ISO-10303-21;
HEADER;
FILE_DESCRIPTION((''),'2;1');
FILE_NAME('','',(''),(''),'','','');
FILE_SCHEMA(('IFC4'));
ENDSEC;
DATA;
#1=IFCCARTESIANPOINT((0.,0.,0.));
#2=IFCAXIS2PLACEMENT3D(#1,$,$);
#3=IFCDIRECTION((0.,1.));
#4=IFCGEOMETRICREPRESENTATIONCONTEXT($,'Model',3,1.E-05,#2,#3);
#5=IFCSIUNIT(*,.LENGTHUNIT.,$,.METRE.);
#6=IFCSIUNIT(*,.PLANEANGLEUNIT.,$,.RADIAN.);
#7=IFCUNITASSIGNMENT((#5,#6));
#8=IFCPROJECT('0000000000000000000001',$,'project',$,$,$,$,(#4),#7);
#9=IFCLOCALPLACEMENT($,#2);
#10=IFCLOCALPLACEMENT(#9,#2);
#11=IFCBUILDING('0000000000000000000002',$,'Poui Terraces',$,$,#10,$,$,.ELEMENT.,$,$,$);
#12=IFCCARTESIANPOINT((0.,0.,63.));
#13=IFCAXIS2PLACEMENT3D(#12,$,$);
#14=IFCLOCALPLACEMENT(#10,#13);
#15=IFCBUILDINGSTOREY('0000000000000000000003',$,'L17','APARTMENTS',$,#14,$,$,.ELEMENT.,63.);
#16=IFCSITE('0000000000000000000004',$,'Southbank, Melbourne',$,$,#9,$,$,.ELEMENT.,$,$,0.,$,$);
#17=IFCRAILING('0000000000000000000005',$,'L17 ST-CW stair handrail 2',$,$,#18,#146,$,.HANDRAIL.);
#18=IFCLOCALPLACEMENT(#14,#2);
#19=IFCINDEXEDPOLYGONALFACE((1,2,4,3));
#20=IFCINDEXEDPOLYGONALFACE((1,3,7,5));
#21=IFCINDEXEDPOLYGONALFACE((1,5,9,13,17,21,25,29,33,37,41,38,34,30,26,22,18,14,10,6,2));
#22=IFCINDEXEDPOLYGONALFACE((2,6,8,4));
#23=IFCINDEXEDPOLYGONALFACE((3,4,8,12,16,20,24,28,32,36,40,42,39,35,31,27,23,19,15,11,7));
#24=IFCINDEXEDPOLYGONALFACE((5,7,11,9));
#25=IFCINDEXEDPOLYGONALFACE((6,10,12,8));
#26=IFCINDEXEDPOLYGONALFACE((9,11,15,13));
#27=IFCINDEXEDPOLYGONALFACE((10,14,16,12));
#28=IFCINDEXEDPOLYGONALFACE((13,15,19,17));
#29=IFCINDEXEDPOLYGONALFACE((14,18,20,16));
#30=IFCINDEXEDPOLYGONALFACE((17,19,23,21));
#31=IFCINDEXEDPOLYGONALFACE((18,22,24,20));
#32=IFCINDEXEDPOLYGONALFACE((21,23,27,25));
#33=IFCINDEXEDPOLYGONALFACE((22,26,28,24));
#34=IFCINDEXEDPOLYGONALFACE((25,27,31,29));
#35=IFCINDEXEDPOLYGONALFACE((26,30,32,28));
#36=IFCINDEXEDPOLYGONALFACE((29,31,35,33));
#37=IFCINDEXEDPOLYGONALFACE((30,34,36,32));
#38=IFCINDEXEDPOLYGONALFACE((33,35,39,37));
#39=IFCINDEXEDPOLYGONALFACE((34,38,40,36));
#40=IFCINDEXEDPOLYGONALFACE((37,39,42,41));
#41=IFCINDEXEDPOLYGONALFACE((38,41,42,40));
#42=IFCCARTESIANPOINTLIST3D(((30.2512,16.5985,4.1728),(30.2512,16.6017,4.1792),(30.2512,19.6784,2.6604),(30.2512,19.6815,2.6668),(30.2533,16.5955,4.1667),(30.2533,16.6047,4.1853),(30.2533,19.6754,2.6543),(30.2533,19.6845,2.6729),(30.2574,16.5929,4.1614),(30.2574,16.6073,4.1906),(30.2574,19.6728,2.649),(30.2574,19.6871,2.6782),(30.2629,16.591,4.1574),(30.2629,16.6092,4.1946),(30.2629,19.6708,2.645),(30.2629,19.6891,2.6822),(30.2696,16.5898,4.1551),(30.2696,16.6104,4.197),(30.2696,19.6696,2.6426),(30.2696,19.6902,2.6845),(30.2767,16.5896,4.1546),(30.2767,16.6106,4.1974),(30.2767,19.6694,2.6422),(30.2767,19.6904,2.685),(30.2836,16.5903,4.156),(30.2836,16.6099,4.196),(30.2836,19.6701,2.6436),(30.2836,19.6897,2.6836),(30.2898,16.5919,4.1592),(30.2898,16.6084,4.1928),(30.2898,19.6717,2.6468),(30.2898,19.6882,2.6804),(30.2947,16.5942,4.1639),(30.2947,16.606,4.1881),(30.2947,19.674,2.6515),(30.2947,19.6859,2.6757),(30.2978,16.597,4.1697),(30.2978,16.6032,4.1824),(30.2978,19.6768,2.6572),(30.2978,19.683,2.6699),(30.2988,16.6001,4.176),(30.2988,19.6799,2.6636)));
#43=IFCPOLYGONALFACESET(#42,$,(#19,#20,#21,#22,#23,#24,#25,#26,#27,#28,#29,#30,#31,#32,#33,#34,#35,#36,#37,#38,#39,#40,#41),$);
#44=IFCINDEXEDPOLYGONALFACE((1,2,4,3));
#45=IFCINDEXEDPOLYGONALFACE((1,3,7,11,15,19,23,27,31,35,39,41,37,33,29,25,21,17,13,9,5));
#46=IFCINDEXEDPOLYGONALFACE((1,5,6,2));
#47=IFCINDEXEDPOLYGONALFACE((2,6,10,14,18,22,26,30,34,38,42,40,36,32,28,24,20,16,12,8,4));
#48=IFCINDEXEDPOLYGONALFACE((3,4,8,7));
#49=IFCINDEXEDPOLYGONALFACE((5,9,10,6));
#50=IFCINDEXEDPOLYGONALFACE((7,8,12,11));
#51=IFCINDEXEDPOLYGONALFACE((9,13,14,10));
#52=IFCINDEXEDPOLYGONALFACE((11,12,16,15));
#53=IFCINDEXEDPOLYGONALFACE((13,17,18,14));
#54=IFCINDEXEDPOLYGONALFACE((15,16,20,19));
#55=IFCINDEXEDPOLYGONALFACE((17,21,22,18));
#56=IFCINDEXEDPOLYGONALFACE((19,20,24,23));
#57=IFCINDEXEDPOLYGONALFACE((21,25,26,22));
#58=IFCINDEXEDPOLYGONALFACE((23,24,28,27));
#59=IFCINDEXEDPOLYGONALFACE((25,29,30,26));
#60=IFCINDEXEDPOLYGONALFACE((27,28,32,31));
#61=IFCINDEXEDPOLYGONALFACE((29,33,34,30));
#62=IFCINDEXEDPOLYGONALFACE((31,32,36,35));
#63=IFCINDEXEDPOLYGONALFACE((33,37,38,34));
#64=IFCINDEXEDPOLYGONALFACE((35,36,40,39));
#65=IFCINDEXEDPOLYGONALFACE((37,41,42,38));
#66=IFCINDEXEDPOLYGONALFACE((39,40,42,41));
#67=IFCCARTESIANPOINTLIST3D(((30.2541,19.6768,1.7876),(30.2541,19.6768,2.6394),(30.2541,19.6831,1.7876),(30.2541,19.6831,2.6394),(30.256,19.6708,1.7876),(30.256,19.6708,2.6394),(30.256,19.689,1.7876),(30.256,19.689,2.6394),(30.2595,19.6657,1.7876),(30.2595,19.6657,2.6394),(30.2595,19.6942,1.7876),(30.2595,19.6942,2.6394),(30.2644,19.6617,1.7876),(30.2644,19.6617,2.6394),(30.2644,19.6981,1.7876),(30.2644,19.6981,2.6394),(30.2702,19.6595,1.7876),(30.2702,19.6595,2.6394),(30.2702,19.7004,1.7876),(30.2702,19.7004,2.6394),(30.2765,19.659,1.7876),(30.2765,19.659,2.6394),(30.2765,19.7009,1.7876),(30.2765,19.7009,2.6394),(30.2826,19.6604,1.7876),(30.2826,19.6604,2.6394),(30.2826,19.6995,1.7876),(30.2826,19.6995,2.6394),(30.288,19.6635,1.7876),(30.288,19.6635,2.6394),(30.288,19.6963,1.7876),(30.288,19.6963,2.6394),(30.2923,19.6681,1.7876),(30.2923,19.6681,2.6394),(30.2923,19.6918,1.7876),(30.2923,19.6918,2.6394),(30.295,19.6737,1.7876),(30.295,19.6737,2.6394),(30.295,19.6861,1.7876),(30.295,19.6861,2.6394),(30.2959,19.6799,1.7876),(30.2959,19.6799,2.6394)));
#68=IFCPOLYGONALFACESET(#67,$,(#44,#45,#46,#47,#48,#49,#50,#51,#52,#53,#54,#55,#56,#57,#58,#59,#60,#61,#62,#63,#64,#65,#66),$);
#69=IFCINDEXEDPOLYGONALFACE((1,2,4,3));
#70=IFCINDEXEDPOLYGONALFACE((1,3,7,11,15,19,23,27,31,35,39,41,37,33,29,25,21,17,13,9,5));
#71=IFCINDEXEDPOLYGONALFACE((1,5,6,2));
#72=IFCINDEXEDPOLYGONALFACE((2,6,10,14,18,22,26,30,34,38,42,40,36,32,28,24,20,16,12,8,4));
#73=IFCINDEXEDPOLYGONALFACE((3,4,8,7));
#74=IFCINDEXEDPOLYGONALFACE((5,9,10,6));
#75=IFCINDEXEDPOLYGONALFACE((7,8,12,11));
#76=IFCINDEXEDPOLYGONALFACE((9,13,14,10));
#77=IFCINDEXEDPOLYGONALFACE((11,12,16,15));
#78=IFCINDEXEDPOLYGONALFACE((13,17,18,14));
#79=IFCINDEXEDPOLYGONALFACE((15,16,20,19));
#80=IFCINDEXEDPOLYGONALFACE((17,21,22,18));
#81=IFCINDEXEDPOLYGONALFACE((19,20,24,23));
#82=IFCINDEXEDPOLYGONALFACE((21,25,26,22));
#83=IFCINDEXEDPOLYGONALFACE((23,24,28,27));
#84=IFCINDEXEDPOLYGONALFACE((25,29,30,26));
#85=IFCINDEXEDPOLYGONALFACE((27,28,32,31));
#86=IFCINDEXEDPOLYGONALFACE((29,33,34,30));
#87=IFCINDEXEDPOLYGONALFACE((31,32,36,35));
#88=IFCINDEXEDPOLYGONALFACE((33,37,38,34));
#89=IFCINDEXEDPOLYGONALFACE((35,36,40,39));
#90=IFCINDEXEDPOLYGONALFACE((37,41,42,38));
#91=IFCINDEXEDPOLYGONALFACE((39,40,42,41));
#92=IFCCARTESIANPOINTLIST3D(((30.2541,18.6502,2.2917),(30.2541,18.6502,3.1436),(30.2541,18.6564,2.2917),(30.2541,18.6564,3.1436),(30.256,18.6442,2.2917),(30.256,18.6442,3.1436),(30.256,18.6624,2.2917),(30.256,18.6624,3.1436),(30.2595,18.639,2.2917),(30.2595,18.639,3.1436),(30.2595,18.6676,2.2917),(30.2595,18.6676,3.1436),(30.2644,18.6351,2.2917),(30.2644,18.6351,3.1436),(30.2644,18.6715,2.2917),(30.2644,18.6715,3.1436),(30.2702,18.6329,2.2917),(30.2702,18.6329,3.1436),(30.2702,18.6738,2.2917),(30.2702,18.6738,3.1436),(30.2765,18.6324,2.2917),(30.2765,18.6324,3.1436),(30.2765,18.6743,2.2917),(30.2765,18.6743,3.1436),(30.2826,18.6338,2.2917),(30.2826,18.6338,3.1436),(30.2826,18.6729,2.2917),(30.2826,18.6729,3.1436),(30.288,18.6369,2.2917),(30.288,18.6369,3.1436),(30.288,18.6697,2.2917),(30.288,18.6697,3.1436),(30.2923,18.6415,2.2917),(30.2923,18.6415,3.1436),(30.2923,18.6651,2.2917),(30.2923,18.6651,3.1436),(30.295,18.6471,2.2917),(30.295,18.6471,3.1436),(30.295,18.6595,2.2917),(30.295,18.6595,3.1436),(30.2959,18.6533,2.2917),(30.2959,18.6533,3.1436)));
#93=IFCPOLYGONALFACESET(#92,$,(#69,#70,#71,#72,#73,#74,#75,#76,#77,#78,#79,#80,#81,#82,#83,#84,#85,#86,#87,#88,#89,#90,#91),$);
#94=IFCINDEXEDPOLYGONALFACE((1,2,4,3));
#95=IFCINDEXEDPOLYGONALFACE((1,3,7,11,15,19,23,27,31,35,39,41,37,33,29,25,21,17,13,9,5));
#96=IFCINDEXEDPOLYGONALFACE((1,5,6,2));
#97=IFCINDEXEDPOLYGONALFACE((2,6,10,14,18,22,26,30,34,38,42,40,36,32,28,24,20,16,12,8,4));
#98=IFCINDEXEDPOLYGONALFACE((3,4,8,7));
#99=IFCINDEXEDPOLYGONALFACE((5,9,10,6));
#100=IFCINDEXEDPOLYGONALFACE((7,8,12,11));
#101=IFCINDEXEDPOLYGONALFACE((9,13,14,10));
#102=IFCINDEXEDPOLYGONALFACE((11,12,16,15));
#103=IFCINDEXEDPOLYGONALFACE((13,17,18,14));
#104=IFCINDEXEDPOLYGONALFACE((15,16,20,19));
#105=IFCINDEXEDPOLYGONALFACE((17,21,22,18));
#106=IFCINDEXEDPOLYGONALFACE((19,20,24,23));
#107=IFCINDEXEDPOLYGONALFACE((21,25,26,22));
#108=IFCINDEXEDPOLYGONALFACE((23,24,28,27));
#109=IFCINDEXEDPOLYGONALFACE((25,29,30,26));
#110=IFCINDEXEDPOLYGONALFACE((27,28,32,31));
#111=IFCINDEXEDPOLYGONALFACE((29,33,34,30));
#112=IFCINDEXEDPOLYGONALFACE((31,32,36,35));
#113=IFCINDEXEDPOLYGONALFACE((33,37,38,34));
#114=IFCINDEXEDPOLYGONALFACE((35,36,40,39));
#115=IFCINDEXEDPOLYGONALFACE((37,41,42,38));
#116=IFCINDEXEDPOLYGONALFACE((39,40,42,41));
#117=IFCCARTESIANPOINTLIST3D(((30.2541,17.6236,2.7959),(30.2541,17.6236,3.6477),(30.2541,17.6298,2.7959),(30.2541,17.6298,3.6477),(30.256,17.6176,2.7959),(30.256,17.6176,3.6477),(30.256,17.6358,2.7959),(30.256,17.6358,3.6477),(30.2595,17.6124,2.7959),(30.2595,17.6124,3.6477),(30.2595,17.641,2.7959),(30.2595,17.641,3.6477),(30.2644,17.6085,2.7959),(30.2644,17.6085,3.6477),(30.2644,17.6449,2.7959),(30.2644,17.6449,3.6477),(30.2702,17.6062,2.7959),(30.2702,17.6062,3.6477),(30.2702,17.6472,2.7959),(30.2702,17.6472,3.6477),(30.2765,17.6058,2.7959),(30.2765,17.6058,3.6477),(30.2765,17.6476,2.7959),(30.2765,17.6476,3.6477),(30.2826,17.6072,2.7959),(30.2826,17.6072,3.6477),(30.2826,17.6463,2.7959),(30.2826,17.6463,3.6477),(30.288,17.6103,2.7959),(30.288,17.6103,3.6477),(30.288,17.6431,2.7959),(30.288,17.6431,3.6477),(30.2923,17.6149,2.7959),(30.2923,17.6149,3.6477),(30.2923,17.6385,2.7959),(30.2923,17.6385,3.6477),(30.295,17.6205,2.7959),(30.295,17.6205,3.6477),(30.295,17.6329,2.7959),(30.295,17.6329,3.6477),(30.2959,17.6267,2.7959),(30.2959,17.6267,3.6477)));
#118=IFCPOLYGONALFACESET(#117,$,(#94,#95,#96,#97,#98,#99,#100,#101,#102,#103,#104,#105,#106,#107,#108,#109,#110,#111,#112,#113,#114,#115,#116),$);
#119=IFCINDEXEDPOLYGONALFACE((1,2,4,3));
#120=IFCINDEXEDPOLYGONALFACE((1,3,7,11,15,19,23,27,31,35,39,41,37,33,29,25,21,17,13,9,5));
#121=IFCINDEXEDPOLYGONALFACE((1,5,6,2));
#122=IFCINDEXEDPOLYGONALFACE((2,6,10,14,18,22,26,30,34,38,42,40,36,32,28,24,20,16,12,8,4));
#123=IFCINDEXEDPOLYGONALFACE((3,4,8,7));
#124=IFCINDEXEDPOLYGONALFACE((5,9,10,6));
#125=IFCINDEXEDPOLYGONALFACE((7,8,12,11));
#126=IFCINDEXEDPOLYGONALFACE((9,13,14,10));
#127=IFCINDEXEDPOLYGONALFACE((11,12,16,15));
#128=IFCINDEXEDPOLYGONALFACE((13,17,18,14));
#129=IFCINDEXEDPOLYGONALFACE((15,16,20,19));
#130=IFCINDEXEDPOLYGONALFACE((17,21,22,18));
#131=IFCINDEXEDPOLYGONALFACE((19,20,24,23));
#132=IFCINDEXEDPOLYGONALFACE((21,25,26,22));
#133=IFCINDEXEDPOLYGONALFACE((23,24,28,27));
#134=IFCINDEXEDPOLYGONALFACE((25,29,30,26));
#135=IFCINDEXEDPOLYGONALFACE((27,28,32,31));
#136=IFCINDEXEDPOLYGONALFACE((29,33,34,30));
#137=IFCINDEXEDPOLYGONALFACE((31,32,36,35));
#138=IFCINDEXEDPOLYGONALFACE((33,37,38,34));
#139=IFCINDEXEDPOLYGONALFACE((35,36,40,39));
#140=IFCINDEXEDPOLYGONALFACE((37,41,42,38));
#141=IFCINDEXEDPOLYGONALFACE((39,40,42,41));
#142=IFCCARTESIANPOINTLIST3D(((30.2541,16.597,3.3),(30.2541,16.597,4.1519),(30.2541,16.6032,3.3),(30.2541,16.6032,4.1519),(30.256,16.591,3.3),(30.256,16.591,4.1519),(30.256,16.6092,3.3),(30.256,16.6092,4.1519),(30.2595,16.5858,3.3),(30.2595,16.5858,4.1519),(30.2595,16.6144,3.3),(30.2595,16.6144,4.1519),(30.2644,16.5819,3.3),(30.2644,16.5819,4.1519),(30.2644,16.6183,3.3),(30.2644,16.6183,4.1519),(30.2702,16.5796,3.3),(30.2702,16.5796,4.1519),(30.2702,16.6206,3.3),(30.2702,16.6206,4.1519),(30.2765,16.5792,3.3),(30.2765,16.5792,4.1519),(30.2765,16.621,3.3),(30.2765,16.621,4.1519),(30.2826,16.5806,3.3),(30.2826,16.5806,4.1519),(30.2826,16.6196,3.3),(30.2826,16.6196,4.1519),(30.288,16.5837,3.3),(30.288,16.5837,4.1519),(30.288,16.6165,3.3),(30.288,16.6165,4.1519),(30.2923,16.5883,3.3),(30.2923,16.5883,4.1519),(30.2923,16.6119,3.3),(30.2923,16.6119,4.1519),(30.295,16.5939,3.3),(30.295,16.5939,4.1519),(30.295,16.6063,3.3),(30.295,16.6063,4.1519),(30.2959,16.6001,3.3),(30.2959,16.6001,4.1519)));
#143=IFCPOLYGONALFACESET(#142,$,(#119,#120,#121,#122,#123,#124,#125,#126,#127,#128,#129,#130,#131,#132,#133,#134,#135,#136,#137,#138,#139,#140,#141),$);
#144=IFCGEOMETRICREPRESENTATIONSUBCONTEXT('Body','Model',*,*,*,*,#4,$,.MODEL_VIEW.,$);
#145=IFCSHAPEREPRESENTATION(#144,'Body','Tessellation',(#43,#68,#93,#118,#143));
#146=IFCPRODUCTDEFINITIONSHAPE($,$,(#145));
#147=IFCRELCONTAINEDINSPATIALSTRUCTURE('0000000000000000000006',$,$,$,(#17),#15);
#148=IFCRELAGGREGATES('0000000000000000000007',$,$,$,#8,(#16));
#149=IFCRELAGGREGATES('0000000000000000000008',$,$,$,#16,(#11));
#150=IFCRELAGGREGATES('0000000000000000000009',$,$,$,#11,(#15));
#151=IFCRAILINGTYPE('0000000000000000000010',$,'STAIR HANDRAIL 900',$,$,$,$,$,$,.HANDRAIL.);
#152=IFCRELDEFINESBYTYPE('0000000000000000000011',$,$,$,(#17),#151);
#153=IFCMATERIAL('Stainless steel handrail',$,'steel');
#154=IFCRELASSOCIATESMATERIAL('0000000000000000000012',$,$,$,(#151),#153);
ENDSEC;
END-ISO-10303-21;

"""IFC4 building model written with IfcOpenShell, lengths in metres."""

from ifc_helpers import new_model, si_unit, direction, frame, origin, origin_2d, place, context, subcontext, project, spatial, circle, extrude, material, type_object, element, save


model = new_model("IFC4")

# Units and contexts
model_context = context("Model", 3, precision=1e-05, world=origin(), true_north=direction((0.0, 1.0)))
body_context = subcontext(model_context, "Body", "Model", "MODEL_VIEW")
ifc_project = project(units=[si_unit("LENGTHUNIT", "METRE"), si_unit("PLANEANGLEUNIT", "RADIAN")], contexts=[model_context])

# Site, building, storey
site_placement = place(None, origin())
site = spatial("IfcSite", under=ifc_project, at=site_placement, Name="Southbank, Melbourne", CompositionType="ELEMENT", RefElevation=0.0)
building_placement = place(site_placement, origin())
building = spatial("IfcBuilding", under=site, at=building_placement, Name="Poui Terraces", CompositionType="ELEMENT")
storey_placement = place(building_placement, frame((0.0, 0.0, 63.0)))
storey = spatial("IfcBuildingStorey", under=building, at=storey_placement, Name="L17", Description="APARTMENTS", CompositionType="ELEMENT", Elevation=63.0)

# Railing
ifc_material_1 = material(Name="Stainless steel handrail", Category="steel")
railing_type_1 = type_object("IfcRailingType", Name="STAIR HANDRAIL 900", PredefinedType="HANDRAIL", material=ifc_material_1)
railing_1_placement = place(storey_placement, frame((30.2749, 19.6799, 1.7876)))
element("IfcRailing", 1, at=railing_1_placement, inside=storey, type_object=railing_type_1, Name="L17 ST-CW stair handrail 2", PredefinedType="HANDRAIL", context=body_context, shape_type="SweptSolid", body=[
    extrude(circle(Radius=0.0239, at=origin_2d()), frame((0.0, 0.0, 0.876), z_axis=(0.0, -0.897606, 0.440798), x_axis=(1.0, 0.0, 0.0)), (0.0, 0.0, 1.0), 3.4312),
    extrude(circle(Radius=0.021, at=origin_2d()), origin(), (0.0, 0.0, 1.0), 0.8518),
    extrude(circle(Radius=0.021, at=origin_2d()), frame((0.0, -1.0266, 0.5042)), (0.0, 0.0, 1.0), 0.8518),
    extrude(circle(Radius=0.021, at=origin_2d()), frame((0.0, -2.0532, 1.0083)), (0.0, 0.0, 1.0), 0.8518),
    extrude(circle(Radius=0.021, at=origin_2d()), frame((0.0, -3.0798, 1.5125)), (0.0, 0.0, 1.0), 0.8518),
])

save(model, "model.ifc")
